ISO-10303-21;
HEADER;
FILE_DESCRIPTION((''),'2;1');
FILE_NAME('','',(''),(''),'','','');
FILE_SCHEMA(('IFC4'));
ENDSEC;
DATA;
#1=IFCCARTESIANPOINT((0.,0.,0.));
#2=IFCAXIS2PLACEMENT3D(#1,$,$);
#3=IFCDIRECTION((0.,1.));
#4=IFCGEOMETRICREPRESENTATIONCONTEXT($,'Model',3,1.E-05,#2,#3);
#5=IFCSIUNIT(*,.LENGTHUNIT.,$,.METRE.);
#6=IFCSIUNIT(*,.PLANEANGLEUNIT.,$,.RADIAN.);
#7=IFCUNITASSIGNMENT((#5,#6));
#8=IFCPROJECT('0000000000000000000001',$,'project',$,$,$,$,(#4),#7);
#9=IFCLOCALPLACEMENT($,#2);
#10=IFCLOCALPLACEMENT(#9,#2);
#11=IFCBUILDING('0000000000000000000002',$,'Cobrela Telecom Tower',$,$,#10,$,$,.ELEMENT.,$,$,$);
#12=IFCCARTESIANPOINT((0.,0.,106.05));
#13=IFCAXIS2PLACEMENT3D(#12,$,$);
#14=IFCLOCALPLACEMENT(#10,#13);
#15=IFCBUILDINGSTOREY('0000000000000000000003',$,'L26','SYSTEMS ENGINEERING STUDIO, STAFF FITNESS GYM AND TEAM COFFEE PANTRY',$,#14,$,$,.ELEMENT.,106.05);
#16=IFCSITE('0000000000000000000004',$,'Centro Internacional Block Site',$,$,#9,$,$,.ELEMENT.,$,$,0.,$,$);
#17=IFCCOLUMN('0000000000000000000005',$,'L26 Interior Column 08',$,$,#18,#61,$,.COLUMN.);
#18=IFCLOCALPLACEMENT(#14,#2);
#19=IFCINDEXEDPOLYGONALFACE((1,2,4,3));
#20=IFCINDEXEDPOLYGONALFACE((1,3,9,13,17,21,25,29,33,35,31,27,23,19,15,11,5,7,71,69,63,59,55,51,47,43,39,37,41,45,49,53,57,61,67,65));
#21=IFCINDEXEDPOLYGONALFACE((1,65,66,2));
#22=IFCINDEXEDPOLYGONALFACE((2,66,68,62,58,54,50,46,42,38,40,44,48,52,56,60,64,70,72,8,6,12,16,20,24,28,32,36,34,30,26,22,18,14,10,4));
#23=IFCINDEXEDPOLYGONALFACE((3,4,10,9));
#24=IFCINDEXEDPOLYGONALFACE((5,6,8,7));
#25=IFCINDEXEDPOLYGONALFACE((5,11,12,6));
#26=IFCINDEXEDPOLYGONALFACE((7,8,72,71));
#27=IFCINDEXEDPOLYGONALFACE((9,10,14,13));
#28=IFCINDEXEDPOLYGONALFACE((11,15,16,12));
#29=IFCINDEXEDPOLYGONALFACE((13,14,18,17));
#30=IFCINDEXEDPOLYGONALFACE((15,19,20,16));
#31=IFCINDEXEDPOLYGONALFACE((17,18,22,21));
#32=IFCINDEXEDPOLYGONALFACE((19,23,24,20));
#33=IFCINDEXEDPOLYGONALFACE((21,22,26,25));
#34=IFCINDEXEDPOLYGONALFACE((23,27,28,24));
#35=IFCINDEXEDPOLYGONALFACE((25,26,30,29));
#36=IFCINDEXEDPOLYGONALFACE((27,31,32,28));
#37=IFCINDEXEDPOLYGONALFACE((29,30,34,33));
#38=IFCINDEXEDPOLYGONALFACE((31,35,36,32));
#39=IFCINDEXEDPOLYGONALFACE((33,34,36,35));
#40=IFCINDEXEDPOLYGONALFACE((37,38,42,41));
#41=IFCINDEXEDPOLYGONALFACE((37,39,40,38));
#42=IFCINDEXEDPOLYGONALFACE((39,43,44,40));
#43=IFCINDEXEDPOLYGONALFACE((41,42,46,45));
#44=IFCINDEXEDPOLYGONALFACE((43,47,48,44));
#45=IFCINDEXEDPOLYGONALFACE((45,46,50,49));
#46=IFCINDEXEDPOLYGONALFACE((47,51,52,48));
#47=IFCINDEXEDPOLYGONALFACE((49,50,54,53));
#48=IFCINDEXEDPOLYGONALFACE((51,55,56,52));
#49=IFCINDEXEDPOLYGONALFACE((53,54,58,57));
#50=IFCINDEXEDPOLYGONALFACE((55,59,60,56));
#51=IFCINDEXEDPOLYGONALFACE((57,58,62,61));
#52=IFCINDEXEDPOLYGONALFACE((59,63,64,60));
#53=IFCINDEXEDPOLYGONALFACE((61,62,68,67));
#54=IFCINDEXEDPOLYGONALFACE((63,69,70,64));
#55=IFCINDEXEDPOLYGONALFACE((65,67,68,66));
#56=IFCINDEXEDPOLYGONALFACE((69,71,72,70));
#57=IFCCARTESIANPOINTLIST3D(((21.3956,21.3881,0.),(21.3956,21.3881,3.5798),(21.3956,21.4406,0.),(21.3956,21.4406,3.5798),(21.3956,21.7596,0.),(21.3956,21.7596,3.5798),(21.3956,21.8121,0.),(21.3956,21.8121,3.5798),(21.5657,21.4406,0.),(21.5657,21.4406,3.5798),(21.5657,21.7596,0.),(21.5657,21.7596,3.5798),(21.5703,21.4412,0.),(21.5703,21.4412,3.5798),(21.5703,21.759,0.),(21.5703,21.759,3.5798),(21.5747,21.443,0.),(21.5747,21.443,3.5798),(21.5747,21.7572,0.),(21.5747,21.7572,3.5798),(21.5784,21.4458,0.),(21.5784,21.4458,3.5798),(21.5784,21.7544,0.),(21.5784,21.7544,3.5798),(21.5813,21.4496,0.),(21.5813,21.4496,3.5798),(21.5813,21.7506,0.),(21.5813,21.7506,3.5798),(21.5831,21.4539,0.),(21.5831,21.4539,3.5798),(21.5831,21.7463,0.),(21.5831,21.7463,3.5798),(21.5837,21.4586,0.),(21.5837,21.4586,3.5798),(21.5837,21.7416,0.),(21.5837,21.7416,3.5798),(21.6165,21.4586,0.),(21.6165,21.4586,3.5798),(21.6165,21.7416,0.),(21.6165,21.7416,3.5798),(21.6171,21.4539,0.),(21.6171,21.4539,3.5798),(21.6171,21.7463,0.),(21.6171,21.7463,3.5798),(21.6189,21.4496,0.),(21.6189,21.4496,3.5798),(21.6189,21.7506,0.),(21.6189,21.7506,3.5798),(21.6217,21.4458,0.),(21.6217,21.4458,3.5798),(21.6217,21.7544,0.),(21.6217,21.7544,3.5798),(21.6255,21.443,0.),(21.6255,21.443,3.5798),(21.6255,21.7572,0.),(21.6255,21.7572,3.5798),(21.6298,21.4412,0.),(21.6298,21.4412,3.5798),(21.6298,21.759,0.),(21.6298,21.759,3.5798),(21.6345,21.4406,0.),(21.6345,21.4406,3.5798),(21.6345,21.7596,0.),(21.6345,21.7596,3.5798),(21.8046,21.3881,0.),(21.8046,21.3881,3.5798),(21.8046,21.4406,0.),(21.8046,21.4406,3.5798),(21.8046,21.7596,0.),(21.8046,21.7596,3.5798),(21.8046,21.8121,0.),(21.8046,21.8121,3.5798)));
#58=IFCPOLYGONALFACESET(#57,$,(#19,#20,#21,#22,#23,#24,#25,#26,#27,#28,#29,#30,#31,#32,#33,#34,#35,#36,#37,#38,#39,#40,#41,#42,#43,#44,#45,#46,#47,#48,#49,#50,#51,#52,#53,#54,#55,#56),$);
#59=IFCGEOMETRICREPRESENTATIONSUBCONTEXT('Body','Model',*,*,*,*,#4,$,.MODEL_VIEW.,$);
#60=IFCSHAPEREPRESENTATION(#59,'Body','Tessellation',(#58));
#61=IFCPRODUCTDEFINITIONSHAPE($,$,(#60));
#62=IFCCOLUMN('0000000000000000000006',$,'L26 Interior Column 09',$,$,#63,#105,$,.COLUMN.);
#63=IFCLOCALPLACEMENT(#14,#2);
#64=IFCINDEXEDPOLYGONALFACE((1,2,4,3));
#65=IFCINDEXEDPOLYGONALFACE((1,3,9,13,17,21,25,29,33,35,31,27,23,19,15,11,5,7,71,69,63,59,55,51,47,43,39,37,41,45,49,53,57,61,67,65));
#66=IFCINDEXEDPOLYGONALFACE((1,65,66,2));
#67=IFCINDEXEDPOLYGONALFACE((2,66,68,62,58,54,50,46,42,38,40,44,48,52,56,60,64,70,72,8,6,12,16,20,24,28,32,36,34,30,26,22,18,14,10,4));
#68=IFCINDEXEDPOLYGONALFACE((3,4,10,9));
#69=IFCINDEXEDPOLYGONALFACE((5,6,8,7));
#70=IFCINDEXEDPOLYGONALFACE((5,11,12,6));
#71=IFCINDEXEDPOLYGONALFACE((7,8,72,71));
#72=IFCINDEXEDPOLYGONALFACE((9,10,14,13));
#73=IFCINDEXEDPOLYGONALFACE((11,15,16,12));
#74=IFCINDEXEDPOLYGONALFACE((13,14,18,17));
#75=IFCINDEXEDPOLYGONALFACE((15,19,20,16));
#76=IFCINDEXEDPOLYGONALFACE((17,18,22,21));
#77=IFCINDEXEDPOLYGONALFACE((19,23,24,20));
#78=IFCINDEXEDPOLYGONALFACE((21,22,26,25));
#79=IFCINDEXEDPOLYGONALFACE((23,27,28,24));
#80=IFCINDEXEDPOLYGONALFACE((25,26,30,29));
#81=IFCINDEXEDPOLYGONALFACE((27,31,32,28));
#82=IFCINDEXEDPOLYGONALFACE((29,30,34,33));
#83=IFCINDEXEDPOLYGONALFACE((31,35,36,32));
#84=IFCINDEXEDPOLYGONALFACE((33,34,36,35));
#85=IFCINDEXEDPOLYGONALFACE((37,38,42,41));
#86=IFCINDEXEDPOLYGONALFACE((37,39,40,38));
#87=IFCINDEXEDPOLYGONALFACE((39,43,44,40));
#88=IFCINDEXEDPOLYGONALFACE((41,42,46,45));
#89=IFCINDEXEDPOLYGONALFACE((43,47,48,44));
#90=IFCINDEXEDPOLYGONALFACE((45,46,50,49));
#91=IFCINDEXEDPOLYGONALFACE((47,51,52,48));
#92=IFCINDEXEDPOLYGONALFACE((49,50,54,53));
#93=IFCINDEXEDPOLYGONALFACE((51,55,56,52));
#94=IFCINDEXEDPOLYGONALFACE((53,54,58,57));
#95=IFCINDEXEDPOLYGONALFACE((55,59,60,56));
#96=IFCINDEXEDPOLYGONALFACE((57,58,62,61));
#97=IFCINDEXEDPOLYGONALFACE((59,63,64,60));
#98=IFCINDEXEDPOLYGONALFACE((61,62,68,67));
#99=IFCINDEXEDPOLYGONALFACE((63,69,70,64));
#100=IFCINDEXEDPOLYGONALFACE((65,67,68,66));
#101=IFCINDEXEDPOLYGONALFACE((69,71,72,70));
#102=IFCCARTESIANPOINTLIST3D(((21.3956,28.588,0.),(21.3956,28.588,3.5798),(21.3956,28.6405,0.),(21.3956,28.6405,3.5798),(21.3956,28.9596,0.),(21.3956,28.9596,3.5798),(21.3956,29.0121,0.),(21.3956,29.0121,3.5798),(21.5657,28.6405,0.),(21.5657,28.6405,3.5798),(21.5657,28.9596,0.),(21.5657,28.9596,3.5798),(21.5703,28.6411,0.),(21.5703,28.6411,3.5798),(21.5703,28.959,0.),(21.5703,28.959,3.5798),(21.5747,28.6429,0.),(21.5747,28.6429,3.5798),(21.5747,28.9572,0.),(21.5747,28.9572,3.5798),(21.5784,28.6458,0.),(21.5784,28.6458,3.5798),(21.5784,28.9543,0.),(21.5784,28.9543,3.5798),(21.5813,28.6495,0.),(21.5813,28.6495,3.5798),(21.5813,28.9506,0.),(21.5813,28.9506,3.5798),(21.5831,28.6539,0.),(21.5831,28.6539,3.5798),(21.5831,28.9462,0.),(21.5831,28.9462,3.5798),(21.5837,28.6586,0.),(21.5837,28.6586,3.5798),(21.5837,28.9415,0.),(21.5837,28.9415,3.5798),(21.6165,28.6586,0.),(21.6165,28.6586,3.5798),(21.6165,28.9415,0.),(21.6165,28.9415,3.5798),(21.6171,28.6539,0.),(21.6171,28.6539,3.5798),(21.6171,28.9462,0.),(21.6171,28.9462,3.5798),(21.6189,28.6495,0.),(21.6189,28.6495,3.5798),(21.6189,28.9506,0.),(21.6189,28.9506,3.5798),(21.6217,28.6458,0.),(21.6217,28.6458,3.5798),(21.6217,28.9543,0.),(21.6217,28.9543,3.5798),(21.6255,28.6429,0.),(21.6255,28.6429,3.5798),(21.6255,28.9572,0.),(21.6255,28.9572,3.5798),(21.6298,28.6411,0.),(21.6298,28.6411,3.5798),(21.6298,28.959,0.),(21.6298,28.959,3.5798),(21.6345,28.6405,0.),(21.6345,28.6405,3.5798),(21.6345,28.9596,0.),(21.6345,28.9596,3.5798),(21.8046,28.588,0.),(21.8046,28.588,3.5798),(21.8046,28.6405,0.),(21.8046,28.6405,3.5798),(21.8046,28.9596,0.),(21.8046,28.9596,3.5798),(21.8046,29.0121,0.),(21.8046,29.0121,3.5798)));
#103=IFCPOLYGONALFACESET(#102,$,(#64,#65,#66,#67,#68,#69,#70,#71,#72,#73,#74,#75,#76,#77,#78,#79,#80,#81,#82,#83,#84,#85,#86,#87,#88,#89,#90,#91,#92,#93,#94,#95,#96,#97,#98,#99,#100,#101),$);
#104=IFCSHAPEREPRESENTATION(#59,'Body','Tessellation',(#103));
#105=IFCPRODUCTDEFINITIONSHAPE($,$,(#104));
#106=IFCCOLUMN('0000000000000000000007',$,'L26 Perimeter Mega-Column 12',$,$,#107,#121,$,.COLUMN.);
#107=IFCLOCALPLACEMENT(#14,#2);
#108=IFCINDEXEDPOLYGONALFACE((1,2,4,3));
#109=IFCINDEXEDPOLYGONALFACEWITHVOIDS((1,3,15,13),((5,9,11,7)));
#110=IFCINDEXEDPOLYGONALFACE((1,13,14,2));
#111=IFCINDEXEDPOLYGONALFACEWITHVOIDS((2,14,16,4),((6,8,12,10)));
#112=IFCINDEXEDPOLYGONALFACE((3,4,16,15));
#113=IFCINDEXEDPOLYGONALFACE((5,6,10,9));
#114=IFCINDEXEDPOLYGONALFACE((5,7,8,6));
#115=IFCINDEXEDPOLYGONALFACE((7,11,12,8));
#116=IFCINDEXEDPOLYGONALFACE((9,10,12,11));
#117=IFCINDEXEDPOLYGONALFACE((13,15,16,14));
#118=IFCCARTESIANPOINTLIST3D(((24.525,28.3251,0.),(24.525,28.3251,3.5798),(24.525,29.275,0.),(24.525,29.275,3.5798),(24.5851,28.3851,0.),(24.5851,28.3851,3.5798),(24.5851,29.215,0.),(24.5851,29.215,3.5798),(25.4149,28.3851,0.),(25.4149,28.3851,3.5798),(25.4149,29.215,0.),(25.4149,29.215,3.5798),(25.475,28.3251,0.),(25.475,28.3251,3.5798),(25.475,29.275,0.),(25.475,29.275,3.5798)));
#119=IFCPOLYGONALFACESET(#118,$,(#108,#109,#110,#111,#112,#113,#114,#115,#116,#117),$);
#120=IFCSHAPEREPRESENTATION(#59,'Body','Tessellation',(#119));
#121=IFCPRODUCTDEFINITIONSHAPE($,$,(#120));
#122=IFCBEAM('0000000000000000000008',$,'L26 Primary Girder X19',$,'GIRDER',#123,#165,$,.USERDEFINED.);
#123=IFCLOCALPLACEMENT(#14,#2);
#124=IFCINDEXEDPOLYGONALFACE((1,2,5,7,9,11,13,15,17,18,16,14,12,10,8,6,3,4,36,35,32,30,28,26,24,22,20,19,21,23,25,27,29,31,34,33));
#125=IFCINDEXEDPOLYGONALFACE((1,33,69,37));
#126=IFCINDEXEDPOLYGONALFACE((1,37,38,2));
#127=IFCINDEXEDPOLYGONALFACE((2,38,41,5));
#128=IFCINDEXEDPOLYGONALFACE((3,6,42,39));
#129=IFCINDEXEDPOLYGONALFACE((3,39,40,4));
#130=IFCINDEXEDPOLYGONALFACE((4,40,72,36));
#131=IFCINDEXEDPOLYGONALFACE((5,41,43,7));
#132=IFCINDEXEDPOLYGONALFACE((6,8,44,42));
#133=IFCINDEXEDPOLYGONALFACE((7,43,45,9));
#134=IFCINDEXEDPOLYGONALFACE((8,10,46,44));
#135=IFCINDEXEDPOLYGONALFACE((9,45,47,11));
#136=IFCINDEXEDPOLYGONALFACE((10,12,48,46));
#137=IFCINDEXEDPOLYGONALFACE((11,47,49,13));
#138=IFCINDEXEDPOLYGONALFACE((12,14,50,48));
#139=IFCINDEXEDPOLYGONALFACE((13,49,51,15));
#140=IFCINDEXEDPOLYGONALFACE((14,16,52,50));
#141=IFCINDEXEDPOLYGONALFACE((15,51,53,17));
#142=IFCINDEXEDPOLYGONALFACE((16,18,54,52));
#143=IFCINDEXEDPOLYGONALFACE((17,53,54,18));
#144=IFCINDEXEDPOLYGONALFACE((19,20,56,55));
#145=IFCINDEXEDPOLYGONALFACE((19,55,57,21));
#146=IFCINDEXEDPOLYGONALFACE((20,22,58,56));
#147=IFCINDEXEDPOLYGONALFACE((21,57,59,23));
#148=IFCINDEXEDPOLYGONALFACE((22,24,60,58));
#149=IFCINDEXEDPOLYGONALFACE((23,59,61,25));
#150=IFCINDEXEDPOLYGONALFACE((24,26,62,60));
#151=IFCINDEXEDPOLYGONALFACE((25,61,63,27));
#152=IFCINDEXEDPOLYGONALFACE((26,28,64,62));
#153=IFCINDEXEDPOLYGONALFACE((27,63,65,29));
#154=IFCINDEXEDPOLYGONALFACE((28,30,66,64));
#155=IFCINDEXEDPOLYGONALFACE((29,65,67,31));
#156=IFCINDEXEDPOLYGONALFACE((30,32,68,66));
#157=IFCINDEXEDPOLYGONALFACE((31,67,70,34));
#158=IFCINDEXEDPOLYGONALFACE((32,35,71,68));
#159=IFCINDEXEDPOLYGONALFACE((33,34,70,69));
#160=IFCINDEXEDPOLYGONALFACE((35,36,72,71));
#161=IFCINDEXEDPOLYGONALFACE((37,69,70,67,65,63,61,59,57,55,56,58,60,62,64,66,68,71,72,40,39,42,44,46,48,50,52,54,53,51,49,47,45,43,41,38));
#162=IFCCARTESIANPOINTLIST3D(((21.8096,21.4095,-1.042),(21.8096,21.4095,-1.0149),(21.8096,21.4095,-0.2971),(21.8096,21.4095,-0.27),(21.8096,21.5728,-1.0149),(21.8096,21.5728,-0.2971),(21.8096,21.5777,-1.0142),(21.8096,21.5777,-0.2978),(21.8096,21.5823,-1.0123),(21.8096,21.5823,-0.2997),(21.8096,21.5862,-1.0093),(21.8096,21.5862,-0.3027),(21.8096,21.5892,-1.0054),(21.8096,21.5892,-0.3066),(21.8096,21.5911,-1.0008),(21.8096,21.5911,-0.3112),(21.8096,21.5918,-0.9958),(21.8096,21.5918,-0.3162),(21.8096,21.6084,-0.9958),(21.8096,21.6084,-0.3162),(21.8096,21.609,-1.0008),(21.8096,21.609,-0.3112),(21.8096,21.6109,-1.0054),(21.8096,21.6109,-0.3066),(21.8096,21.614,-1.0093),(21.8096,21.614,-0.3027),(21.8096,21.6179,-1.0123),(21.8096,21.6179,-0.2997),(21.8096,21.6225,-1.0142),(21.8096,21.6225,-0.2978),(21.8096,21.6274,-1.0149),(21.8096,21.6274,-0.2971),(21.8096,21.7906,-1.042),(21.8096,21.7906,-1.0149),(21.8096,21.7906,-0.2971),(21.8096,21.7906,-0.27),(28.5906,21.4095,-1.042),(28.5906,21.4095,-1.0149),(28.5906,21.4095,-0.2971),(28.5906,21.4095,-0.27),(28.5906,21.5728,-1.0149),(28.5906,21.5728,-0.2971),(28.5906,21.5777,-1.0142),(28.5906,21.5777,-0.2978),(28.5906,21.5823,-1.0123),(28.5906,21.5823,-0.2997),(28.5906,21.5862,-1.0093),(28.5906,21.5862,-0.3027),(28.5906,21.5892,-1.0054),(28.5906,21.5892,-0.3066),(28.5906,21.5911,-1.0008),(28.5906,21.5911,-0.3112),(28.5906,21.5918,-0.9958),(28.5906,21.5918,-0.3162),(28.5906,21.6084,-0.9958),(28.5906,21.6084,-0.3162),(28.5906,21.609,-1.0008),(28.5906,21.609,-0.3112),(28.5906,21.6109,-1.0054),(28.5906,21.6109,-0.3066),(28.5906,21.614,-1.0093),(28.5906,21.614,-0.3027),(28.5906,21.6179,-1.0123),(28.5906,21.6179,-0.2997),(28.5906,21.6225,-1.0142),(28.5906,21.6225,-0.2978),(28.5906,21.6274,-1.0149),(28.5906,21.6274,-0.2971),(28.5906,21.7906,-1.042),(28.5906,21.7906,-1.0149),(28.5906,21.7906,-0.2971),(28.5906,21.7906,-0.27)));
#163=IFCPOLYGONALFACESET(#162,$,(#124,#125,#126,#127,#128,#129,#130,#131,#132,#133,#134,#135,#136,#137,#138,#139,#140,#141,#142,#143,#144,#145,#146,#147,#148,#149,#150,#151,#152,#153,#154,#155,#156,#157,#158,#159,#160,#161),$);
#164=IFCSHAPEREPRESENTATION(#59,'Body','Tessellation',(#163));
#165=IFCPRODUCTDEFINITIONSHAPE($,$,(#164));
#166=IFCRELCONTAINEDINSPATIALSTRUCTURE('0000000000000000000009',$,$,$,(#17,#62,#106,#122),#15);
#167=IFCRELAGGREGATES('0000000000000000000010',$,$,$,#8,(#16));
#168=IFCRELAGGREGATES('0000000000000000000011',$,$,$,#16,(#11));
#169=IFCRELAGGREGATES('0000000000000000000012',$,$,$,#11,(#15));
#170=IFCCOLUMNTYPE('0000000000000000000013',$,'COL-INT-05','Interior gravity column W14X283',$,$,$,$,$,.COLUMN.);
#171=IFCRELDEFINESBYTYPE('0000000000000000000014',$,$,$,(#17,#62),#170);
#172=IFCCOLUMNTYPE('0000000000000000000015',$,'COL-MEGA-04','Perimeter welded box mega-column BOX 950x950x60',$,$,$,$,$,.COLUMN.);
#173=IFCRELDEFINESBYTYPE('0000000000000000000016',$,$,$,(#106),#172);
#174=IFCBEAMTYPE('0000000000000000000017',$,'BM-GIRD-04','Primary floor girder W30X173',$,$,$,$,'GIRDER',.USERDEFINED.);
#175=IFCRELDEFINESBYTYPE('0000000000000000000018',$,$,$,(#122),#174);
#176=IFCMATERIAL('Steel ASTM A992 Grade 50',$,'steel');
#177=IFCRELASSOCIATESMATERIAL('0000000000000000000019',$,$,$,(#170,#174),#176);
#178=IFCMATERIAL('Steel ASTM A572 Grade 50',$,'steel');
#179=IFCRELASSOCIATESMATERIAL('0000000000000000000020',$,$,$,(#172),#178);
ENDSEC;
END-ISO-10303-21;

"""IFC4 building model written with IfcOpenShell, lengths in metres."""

from ifc_helpers import new_model, si_unit, direction, frame, origin, origin_2d, place, context, subcontext, project, spatial, hollow_rectangle, i_section, extrude, material, material_profile, profile_set, type_object, element, save


model = new_model("IFC4")

# Units and contexts
model_context = context("Model", 3, precision=1e-05, world=origin(), true_north=direction((0.0, 1.0)))
body_context = subcontext(model_context, "Body", "Model", "MODEL_VIEW")
ifc_project = project(units=[si_unit("LENGTHUNIT", "METRE"), si_unit("PLANEANGLEUNIT", "RADIAN")], contexts=[model_context])

# Site, building, storey
site_placement = place(None, origin())
site = spatial("IfcSite", under=ifc_project, at=site_placement, Name="Centro Internacional Block Site", CompositionType="ELEMENT", RefElevation=0.0)
building_placement = place(site_placement, origin())
building = spatial("IfcBuilding", under=site, at=building_placement, Name="Cobrela Telecom Tower", CompositionType="ELEMENT")
storey_placement = place(building_placement, frame((0.0, 0.0, 106.05)))
storey = spatial("IfcBuildingStorey", under=building, at=storey_placement, Name="L26", Description="SYSTEMS ENGINEERING STUDIO, STAFF FITNESS GYM AND TEAM COFFEE PANTRY", CompositionType="ELEMENT", Elevation=106.05)

# Columns
ifc_material_1 = material(Name="Steel ASTM A992 Grade 50", Category="steel")
ifc_material_profile_1 = material_profile(ifc_material_1, i_section(OverallWidth=0.4089, OverallDepth=0.4241, WebThickness=0.0327, FlangeThickness=0.0525, FilletRadius=0.0181, at=origin_2d()), Name="W14X283")
ifc_profile_set_1 = profile_set([ifc_material_profile_1], Name="Steel ASTM A992 Grade 50")
column_type_1 = type_object("IfcColumnType", Name="COL-INT-05", Description="Interior gravity column W14X283", PredefinedType="COLUMN", material=ifc_profile_set_1)
for number, where, z_axis, x_axis, name in (
    (1, (21.6001, 21.6001, 0.0), (0.0, 0.0, 1.0), (1.0, 0.0, 0.0), "L26 Interior Column 08"),
    (2, (21.6001, 28.8, 0.0), (0.0, 0.0, 1.0), (1.0, 0.0, 0.0), "L26 Interior Column 09"),
):
    element("IfcColumn", number, at=place(storey_placement, frame(where, z_axis=z_axis, x_axis=x_axis)), inside=storey, type_object=column_type_1, Name=name, PredefinedType="COLUMN", context=body_context, shape_type="SweptSolid", body=[
        extrude(i_section(OverallWidth=0.4089, OverallDepth=0.4241, WebThickness=0.0327, FlangeThickness=0.0525, FilletRadius=0.0181, at=origin_2d()), origin(), (0.0, 0.0, 1.0), 3.5798),
    ])
ifc_material_2 = material(Name="Steel ASTM A572 Grade 50", Category="steel")
ifc_material_profile_2 = material_profile(ifc_material_2, hollow_rectangle(XDim=0.95, YDim=0.95, WallThickness=0.0601, at=origin_2d()), Name="BOX 950x950x60")
ifc_profile_set_2 = profile_set([ifc_material_profile_2], Name="Steel ASTM A572 Grade 50")
column_type_2 = type_object("IfcColumnType", Name="COL-MEGA-04", Description="Perimeter welded box mega-column BOX 950x950x60", PredefinedType="COLUMN", material=ifc_profile_set_2)
column_placement = place(storey_placement, frame((25.0, 28.8, 0.0), z_axis=(0.0, 0.0, 1.0), x_axis=(1.0, 0.0, 0.0)))
element("IfcColumn", 3, at=column_placement, inside=storey, type_object=column_type_2, Name="L26 Perimeter Mega-Column 12", PredefinedType="COLUMN", context=body_context, shape_type="SweptSolid", body=[
    extrude(hollow_rectangle(XDim=0.95, YDim=0.95, WallThickness=0.0601, at=origin_2d()), origin(), (0.0, 0.0, 1.0), 3.5798),
])

# Beam
ifc_material_profile_3 = material_profile(ifc_material_1, i_section(OverallWidth=0.3811, OverallDepth=0.772, WebThickness=0.0166, FlangeThickness=0.0271, FilletRadius=0.019, at=origin_2d()), Name="W30X173")
ifc_profile_set_3 = profile_set([ifc_material_profile_3], Name="Steel ASTM A992 Grade 50")
beam_type_1 = type_object("IfcBeamType", Name="BM-GIRD-04", Description="Primary floor girder W30X173", ElementType="GIRDER", PredefinedType="USERDEFINED", material=ifc_profile_set_3)
beam_1_placement = place(storey_placement, frame((21.8096, 21.6001, -0.656), z_axis=(1.0, 0.0, 0.0), x_axis=(0.0, 1.0, 0.0)))
element("IfcBeam", 4, at=beam_1_placement, inside=storey, type_object=beam_type_1, Name="L26 Primary Girder X19", ObjectType="GIRDER", PredefinedType="USERDEFINED", context=body_context, shape_type="SweptSolid", body=[
    extrude(i_section(OverallWidth=0.3811, OverallDepth=0.772, WebThickness=0.0166, FlangeThickness=0.0271, FilletRadius=0.019, at=origin_2d()), origin(), (0.0, 0.0, 1.0), 6.781),
])

save(model, "model.ifc")
